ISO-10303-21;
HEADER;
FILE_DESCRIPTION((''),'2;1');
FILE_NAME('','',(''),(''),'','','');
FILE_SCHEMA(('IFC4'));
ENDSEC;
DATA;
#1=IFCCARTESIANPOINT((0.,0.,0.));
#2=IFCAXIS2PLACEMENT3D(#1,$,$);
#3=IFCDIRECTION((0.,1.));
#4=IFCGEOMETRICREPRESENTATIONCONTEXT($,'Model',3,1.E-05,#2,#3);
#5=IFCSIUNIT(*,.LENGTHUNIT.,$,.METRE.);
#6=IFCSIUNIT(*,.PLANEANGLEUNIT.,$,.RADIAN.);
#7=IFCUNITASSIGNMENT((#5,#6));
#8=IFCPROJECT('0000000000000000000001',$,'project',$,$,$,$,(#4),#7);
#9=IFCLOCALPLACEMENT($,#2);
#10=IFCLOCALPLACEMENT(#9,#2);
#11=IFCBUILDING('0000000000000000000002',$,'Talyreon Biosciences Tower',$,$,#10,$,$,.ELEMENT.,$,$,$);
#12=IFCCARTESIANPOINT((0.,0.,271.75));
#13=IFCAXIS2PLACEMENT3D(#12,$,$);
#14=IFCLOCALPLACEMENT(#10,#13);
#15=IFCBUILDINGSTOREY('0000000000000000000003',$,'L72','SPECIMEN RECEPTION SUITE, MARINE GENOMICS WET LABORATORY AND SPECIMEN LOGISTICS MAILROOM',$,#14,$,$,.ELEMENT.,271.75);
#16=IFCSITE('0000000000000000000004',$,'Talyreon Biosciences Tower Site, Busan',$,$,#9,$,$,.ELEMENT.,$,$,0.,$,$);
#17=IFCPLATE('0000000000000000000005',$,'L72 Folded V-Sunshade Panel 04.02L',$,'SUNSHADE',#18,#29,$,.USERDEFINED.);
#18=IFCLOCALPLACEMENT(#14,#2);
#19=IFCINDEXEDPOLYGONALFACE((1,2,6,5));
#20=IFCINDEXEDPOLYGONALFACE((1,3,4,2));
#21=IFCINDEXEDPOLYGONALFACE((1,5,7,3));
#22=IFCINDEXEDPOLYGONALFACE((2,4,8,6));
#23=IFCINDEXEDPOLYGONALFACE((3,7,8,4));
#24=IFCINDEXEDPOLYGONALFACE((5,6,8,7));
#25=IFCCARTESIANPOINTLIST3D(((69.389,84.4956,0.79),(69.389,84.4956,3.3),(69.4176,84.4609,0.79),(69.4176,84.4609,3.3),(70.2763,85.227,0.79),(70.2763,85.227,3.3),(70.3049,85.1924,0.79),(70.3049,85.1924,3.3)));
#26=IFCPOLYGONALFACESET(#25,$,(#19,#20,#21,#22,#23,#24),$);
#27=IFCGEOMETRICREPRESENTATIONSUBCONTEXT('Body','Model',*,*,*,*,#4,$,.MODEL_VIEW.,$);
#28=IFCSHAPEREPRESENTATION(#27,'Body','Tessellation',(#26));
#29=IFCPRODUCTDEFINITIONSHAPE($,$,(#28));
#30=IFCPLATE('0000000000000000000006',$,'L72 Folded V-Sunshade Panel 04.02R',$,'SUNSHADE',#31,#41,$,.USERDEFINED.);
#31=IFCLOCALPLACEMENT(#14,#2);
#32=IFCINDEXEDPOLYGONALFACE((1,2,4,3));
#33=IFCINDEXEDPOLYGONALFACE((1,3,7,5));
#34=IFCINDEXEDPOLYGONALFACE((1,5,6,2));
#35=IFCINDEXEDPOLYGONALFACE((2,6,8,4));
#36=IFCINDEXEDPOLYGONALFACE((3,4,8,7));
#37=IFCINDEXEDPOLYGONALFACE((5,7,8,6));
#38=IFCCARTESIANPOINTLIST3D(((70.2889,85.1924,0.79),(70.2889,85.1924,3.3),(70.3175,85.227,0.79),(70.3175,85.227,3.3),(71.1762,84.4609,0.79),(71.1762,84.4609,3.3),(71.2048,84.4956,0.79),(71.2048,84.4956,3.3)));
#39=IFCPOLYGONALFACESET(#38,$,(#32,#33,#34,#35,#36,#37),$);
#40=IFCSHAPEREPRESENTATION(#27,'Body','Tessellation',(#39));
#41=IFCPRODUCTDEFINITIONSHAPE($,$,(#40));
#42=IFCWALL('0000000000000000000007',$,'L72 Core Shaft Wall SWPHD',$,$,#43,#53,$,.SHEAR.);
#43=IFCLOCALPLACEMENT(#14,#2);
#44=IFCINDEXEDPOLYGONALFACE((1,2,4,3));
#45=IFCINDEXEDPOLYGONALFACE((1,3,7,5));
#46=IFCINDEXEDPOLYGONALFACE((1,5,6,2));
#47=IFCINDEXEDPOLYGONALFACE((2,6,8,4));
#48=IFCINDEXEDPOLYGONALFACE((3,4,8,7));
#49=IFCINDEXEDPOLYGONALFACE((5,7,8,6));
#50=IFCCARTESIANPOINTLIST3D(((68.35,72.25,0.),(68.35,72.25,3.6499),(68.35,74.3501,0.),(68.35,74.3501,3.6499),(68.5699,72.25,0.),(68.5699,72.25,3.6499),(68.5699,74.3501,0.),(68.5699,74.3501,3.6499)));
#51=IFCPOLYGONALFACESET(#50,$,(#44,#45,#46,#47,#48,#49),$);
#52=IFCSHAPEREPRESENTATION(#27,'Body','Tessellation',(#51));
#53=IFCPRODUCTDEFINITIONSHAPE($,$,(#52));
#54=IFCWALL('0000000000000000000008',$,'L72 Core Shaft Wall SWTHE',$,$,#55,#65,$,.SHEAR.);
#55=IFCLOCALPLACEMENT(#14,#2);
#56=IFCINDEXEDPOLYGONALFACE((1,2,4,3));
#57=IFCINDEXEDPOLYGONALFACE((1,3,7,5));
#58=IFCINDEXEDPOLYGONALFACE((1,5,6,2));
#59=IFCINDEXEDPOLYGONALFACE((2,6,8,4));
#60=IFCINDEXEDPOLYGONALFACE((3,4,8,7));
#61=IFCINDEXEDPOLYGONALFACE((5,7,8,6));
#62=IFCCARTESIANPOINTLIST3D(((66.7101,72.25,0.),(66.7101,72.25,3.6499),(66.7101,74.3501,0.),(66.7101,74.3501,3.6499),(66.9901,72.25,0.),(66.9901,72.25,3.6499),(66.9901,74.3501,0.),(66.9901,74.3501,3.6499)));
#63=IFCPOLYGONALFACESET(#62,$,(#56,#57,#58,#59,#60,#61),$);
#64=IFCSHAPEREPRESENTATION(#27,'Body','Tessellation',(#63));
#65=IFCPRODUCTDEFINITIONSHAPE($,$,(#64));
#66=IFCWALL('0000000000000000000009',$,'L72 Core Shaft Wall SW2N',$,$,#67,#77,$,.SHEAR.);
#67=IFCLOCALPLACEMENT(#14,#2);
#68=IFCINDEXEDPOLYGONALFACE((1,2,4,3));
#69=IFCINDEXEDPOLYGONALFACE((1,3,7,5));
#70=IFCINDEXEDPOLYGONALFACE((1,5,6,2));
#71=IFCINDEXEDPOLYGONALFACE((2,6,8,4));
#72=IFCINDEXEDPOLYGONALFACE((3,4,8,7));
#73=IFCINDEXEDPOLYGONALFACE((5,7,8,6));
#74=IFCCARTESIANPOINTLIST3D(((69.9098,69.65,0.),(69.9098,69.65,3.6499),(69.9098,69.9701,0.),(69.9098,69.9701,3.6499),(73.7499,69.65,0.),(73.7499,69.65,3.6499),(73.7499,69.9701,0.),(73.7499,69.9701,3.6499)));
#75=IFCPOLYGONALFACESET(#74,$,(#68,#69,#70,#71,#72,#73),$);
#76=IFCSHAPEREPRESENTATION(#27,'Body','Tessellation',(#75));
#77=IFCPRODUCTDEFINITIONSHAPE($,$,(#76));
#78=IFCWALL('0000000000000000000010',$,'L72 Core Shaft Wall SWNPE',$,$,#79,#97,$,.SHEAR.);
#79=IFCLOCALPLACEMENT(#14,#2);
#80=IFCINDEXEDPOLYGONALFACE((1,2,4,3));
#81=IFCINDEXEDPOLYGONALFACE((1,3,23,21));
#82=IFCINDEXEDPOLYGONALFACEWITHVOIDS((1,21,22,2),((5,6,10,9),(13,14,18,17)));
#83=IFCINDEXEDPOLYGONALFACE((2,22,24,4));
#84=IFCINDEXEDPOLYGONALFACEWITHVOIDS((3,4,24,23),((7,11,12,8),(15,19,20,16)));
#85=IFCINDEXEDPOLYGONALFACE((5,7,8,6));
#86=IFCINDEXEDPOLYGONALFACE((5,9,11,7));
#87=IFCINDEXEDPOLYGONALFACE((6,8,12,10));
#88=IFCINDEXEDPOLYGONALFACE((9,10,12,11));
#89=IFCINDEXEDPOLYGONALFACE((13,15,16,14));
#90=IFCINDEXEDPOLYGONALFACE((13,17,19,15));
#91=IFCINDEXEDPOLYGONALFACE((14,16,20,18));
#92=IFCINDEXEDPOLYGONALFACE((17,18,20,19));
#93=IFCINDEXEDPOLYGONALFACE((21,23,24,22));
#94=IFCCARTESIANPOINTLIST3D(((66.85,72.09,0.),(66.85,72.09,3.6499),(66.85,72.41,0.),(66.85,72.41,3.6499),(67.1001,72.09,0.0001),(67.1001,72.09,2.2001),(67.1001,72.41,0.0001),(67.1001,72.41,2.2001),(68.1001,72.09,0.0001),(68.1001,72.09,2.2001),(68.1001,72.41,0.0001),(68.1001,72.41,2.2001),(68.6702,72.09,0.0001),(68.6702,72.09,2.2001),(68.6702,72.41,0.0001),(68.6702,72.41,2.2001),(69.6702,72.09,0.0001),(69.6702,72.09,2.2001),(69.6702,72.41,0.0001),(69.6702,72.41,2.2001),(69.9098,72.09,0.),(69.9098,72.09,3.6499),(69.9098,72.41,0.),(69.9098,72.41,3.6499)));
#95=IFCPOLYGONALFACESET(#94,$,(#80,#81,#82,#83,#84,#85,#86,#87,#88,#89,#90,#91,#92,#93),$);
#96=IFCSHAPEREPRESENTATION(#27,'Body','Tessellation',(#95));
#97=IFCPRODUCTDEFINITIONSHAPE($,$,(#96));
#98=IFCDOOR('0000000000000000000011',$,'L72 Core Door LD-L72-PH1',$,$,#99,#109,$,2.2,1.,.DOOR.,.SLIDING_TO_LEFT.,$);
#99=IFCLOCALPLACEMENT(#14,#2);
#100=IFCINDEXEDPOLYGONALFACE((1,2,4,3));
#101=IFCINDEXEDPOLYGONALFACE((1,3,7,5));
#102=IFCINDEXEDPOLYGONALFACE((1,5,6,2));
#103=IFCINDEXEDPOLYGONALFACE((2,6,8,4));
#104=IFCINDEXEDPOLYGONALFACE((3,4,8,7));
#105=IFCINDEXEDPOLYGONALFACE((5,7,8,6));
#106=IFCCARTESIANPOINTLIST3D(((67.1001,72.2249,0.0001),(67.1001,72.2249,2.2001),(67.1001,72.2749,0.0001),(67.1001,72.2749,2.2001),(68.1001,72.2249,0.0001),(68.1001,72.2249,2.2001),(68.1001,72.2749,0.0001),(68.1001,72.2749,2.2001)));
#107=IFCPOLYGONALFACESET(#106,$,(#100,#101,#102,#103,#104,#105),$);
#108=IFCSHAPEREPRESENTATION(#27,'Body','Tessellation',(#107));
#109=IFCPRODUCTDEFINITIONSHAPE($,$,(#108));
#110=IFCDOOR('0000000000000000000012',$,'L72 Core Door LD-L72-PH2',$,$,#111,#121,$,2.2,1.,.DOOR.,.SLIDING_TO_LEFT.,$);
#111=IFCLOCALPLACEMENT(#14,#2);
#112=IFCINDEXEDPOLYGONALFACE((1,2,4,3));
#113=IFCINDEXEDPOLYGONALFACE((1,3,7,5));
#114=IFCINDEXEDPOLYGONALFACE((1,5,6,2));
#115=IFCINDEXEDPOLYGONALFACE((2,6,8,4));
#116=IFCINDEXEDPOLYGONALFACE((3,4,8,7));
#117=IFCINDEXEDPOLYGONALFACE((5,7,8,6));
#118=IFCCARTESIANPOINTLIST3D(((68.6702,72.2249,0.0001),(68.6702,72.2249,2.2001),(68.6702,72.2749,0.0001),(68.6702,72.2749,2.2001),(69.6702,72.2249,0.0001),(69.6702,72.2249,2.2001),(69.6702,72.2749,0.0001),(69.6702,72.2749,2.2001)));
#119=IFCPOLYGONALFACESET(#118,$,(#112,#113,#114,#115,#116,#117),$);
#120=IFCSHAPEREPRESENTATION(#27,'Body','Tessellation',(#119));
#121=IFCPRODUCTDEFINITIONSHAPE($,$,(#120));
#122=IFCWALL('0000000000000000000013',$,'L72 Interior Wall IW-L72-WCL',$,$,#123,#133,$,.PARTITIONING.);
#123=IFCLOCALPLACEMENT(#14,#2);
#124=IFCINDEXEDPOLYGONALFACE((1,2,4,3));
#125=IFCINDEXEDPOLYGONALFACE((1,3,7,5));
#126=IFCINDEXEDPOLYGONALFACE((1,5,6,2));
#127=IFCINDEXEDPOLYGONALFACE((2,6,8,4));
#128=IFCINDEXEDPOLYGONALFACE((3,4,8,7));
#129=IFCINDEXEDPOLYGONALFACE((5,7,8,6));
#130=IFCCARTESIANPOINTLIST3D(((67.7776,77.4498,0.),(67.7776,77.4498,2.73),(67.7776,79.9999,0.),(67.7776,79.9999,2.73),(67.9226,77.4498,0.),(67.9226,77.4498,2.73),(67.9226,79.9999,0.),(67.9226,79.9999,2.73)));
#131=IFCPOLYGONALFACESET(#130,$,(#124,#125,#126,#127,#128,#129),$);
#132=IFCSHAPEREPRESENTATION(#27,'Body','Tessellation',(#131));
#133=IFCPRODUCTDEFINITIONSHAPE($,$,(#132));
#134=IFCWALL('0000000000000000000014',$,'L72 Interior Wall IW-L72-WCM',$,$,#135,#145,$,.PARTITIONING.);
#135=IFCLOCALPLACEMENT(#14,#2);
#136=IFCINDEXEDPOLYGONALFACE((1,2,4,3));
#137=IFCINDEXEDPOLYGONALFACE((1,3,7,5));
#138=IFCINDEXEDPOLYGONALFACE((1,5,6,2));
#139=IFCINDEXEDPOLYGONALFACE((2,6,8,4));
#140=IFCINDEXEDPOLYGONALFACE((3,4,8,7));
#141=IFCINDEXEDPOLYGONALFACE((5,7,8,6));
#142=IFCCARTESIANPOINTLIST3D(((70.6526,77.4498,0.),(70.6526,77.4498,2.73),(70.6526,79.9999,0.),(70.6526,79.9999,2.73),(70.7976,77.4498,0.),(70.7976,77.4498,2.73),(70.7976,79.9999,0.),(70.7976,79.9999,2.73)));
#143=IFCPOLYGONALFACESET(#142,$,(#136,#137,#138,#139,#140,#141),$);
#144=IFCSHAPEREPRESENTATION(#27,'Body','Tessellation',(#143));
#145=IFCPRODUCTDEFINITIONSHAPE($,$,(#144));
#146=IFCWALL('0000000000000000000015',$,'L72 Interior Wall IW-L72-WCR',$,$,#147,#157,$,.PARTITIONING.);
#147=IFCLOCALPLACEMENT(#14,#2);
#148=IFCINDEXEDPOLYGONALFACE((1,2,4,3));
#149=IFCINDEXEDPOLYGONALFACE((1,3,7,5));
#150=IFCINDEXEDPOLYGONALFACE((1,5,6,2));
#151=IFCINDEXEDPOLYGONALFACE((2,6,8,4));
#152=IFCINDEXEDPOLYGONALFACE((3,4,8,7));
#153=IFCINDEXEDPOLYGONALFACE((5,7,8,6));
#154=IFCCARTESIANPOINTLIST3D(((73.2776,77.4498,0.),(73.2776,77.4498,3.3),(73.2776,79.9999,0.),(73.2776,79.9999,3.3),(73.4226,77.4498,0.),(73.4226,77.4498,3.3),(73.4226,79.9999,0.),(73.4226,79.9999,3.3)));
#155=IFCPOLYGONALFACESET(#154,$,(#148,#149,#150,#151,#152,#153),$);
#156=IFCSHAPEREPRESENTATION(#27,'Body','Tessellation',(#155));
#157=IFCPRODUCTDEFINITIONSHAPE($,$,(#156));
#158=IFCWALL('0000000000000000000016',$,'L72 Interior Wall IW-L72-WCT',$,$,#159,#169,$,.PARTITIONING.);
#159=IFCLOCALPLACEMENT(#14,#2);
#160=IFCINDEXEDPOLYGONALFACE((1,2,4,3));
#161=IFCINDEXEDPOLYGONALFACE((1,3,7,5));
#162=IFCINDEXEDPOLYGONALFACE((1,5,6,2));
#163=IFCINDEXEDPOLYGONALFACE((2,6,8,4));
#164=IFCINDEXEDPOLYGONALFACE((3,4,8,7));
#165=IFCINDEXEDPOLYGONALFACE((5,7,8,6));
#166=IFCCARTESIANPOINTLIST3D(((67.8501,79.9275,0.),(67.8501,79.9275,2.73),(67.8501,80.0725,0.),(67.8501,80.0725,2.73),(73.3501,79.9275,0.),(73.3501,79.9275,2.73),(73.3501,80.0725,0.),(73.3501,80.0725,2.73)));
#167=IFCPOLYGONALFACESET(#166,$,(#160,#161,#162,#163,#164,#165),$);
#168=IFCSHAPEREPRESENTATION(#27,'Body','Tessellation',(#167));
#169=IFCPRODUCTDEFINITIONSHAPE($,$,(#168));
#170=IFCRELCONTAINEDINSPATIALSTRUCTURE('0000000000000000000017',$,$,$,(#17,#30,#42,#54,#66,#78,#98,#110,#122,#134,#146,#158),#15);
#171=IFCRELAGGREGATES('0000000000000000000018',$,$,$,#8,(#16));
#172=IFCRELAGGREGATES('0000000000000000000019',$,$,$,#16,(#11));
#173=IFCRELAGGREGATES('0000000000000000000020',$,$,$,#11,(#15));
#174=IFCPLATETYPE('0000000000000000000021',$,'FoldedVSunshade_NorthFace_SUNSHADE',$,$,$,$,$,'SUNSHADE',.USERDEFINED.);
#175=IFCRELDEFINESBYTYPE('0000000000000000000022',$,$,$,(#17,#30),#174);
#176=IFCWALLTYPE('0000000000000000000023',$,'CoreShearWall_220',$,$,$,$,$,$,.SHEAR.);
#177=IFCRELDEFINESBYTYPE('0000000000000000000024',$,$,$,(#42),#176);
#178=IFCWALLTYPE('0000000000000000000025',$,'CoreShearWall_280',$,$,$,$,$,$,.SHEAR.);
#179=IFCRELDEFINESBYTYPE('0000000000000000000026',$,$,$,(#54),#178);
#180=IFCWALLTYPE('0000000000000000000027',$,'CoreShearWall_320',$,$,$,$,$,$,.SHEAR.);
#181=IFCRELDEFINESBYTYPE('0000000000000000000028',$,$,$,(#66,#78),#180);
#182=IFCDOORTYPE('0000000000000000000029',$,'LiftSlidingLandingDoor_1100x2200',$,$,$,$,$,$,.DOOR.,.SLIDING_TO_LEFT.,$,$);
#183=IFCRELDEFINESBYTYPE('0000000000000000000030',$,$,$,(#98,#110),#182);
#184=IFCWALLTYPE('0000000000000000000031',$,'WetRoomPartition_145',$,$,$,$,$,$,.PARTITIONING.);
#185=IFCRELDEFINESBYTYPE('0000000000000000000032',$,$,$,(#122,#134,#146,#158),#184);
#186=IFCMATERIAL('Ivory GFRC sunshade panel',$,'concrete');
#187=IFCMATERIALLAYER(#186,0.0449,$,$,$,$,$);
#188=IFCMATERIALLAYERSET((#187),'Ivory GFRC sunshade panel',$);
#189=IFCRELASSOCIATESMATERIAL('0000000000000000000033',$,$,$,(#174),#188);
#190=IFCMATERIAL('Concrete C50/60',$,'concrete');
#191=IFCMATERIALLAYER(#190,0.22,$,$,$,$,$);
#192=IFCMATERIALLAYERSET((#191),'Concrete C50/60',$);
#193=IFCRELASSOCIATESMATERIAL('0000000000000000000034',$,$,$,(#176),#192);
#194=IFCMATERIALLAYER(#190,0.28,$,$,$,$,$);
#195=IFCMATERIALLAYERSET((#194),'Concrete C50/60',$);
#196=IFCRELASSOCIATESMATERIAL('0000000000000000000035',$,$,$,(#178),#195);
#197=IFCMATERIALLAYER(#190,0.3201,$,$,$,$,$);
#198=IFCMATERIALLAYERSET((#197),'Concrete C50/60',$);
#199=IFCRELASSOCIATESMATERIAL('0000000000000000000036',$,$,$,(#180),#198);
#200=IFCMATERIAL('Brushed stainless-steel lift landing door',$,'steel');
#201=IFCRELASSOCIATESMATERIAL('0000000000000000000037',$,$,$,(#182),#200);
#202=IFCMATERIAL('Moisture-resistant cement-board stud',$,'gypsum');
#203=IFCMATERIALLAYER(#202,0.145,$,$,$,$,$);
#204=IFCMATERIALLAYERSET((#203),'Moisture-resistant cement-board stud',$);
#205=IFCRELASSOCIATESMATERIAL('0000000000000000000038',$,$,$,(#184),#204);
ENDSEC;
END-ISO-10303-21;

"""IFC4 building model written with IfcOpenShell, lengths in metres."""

from ifc_helpers import new_model, si_unit, direction, frame, frame_2d, origin, origin_2d, place, context, subcontext, project, spatial, rectangle, extrude, material, layer, layer_set, type_object, element, fill, save


model = new_model("IFC4")

# Units and contexts
model_context = context("Model", 3, precision=1e-05, world=origin(), true_north=direction((0.0, 1.0)))
body_context = subcontext(model_context, "Body", "Model", "MODEL_VIEW")
ifc_project = project(units=[si_unit("LENGTHUNIT", "METRE"), si_unit("PLANEANGLEUNIT", "RADIAN")], contexts=[model_context])

# Site, building, storey
site_placement = place(None, origin())
site = spatial("IfcSite", under=ifc_project, at=site_placement, Name="Talyreon Biosciences Tower Site, Busan", CompositionType="ELEMENT", RefElevation=0.0)
building_placement = place(site_placement, origin())
building = spatial("IfcBuilding", under=site, at=building_placement, Name="Talyreon Biosciences Tower", CompositionType="ELEMENT")
storey_placement = place(building_placement, frame((0.0, 0.0, 271.75)))
storey = spatial("IfcBuildingStorey", under=building, at=storey_placement, Name="L72", Description="SPECIMEN RECEPTION SUITE, MARINE GENOMICS WET LABORATORY AND SPECIMEN LOGISTICS MAILROOM", CompositionType="ELEMENT", Elevation=271.75)

# Shared definitions
ifc_material_1 = material(Name="Concrete C50/60", Category="concrete")

# Plates
ifc_material_2 = material(Name="Ivory GFRC sunshade panel", Category="concrete")
ifc_layer_1 = layer(ifc_material_2, 0.0449)
ifc_layer_set_1 = layer_set([ifc_layer_1], Name="Ivory GFRC sunshade panel")
plate_type = type_object("IfcPlateType", Name="FoldedVSunshade_NorthFace_SUNSHADE", ElementType="SUNSHADE", PredefinedType="USERDEFINED", material=ifc_layer_set_1)
for number, where, z_axis, x_axis, name in (
    (1, (69.8469, 84.844, 0.79), (0.0, 0.0, 1.0), (0.771625, 0.636078, 0.0), "L72 Folded V-Sunshade Panel 04.02L"),
    (2, (70.7468, 84.844, 0.79), (0.0, 0.0, 1.0), (0.771625, -0.636078, 0.0), "L72 Folded V-Sunshade Panel 04.02R"),
):
    element("IfcPlate", number, at=place(storey_placement, frame(where, z_axis=z_axis, x_axis=x_axis)), inside=storey, type_object=plate_type, Name=name, ObjectType="SUNSHADE", PredefinedType="USERDEFINED", context=body_context, shape_type="SweptSolid", body=[
        extrude(rectangle(XDim=1.1499, YDim=0.0449, at=origin_2d()), origin(), (0.0, 0.0, 1.0), 2.51),
    ])

# Walls
ifc_layer_2 = layer(ifc_material_1, 0.22)
ifc_layer_set_2 = layer_set([ifc_layer_2], Name="Concrete C50/60")
wall_type_1 = type_object("IfcWallType", Name="CoreShearWall_220", PredefinedType="SHEAR", material=ifc_layer_set_2)
wall_1_placement = place(storey_placement, frame((68.46, 72.25, 0.0), z_axis=(0.0, 0.0, 1.0), x_axis=(0.0, 1.0, 0.0)))
element("IfcWall", 3, at=wall_1_placement, inside=storey, type_object=wall_type_1, Name="L72 Core Shaft Wall SWPHD", PredefinedType="SHEAR", context=body_context, shape_type="SweptSolid", body=[
    extrude(rectangle(XDim=2.1001, YDim=0.22, at=frame_2d((1.05, 0.0))), origin(), (0.0, 0.0, 1.0), 3.6499),
])
ifc_layer_3 = layer(ifc_material_1, 0.28)
ifc_layer_set_3 = layer_set([ifc_layer_3], Name="Concrete C50/60")
wall_type_2 = type_object("IfcWallType", Name="CoreShearWall_280", PredefinedType="SHEAR", material=ifc_layer_set_3)
wall_2_placement = place(storey_placement, frame((66.8501, 72.25, 0.0), z_axis=(0.0, 0.0, 1.0), x_axis=(0.0, 1.0, 0.0)))
element("IfcWall", 4, at=wall_2_placement, inside=storey, type_object=wall_type_2, Name="L72 Core Shaft Wall SWTHE", PredefinedType="SHEAR", context=body_context, shape_type="SweptSolid", body=[
    extrude(rectangle(XDim=2.1001, YDim=0.28, at=frame_2d((1.05, 0.0))), origin(), (0.0, 0.0, 1.0), 3.6499),
])
ifc_layer_4 = layer(ifc_material_1, 0.3201)
ifc_layer_set_4 = layer_set([ifc_layer_4], Name="Concrete C50/60")
wall_type_3 = type_object("IfcWallType", Name="CoreShearWall_320", PredefinedType="SHEAR", material=ifc_layer_set_4)
wall_3_placement = place(storey_placement, frame((69.9099, 69.8101, 0.0), z_axis=(0.0, 0.0, 1.0), x_axis=(1.0, 0.0, 0.0)))
element("IfcWall", 5, at=wall_3_placement, inside=storey, type_object=wall_type_3, Name="L72 Core Shaft Wall SW2N", PredefinedType="SHEAR", context=body_context, shape_type="SweptSolid", body=[
    extrude(rectangle(XDim=3.8401, YDim=0.3201, at=frame_2d((1.9199, 0.0))), origin(), (0.0, 0.0, 1.0), 3.6499),
])

# Wall, openings, doors
wall_4_placement = place(storey_placement, frame((66.8501, 72.25, 0.0), z_axis=(0.0, 0.0, 1.0), x_axis=(1.0, 0.0, 0.0)))
wall_4 = element("IfcWall", 6, at=wall_4_placement, inside=storey, type_object=wall_type_3, Name="L72 Core Shaft Wall SWNPE", PredefinedType="SHEAR", context=body_context, shape_type="SweptSolid", body=[
    extrude(rectangle(XDim=3.0598, YDim=0.3201, at=frame_2d((1.5298, 0.0))), origin(), (0.0, 0.0, 1.0), 3.6499),
])
opening_1_placement = place(wall_4_placement, frame((0.25, 0.0, 0.0)))
opening_1 = element("IfcOpeningElement", 7, at=opening_1_placement, cuts=wall_4, PredefinedType="OPENING", context=body_context, shape_type="SweptSolid", body=[
    extrude(rectangle(XDim=1.0, YDim=2.2, at=frame_2d((0.5, 1.1001))), frame((0.0, 0.1699, 0.0), z_axis=(0.0, -1.0, 0.0), x_axis=(1.0, 0.0, 0.0)), (0.0, 0.0, 1.0), 0.3401),
])
opening_2_placement = place(wall_4_placement, frame((1.8201, 0.0, 0.0)))
opening_2 = element("IfcOpeningElement", 8, at=opening_2_placement, cuts=wall_4, PredefinedType="OPENING", context=body_context, shape_type="SweptSolid", body=[
    extrude(rectangle(XDim=1.0, YDim=2.2, at=frame_2d((0.5, 1.1001))), frame((0.0, 0.1699, 0.0), z_axis=(0.0, -1.0, 0.0), x_axis=(1.0, 0.0, 0.0)), (0.0, 0.0, 1.0), 0.3401),
])
ifc_material_3 = material(Name="Brushed stainless-steel lift landing door", Category="steel")
door_type = type_object("IfcDoorType", Name="LiftSlidingLandingDoor_1100x2200", OperationType="SLIDING_TO_LEFT", PredefinedType="DOOR", material=ifc_material_3)
door_1_placement = place(opening_1_placement, origin())
door_1 = element("IfcDoor", 9, at=door_1_placement, inside=storey, type_object=door_type, Name="L72 Core Door LD-L72-PH1", OperationType="SLIDING_TO_LEFT", OverallHeight=2.2, OverallWidth=1.0, PredefinedType="DOOR", context=body_context, shape_type="SweptSolid", body=[
    extrude(rectangle(XDim=1.0, YDim=2.2, at=frame_2d((0.5, 1.1001))), frame((0.0, 0.0249, 0.0), z_axis=(0.0, -1.0, 0.0), x_axis=(1.0, 0.0, 0.0)), (0.0, 0.0, 1.0), 0.05),
])
fill(opening_1, door_1)
door_2_placement = place(opening_2_placement, origin())
door_2 = element("IfcDoor", 10, at=door_2_placement, inside=storey, type_object=door_type, Name="L72 Core Door LD-L72-PH2", OperationType="SLIDING_TO_LEFT", OverallHeight=2.2, OverallWidth=1.0, PredefinedType="DOOR", context=body_context, shape_type="SweptSolid", body=[
    extrude(rectangle(XDim=1.0, YDim=2.2, at=frame_2d((0.5, 1.1001))), frame((0.0, 0.0249, 0.0), z_axis=(0.0, -1.0, 0.0), x_axis=(1.0, 0.0, 0.0)), (0.0, 0.0, 1.0), 0.05),
])
fill(opening_2, door_2)

# Walls
ifc_material_4 = material(Name="Moisture-resistant cement-board stud", Category="gypsum")
ifc_layer_5 = layer(ifc_material_4, 0.145)
ifc_layer_set_5 = layer_set([ifc_layer_5], Name="Moisture-resistant cement-board stud")
wall_type_4 = type_object("IfcWallType", Name="WetRoomPartition_145", PredefinedType="PARTITIONING", material=ifc_layer_set_5)
for number, where, z_axis, x_axis, name in (
    (11, (67.8501, 77.45, 0.0), (0.0, 0.0, 1.0), (0.0, 1.0, 0.0), "L72 Interior Wall IW-L72-WCL"),
    (12, (70.7251, 77.45, 0.0), (0.0, 0.0, 1.0), (0.0, 1.0, 0.0), "L72 Interior Wall IW-L72-WCM"),
):
    element("IfcWall", number, at=place(storey_placement, frame(where, z_axis=z_axis, x_axis=x_axis)), inside=storey, type_object=wall_type_4, Name=name, PredefinedType="PARTITIONING", context=body_context, shape_type="SweptSolid", body=[
        extrude(rectangle(XDim=2.55, YDim=0.145, at=frame_2d((1.2749, 0.0))), origin(), (0.0, 0.0, 1.0), 2.73),
    ])
wall_5_placement = place(storey_placement, frame((73.3501, 77.45, 0.0), z_axis=(0.0, 0.0, 1.0), x_axis=(0.0, 1.0, 0.0)))
element("IfcWall", 13, at=wall_5_placement, inside=storey, type_object=wall_type_4, Name="L72 Interior Wall IW-L72-WCR", PredefinedType="PARTITIONING", context=body_context, shape_type="SweptSolid", body=[
    extrude(rectangle(XDim=2.55, YDim=0.145, at=frame_2d((1.2749, 0.0))), origin(), (0.0, 0.0, 1.0), 3.3),
])
wall_6_placement = place(storey_placement, frame((67.8501, 80.0, 0.0), z_axis=(0.0, 0.0, 1.0), x_axis=(1.0, 0.0, 0.0)))
element("IfcWall", 14, at=wall_6_placement, inside=storey, type_object=wall_type_4, Name="L72 Interior Wall IW-L72-WCT", PredefinedType="PARTITIONING", context=body_context, shape_type="SweptSolid", body=[
    extrude(rectangle(XDim=5.5, YDim=0.145, at=frame_2d((2.75, 0.0))), origin(), (0.0, 0.0, 1.0), 2.73),
])

save(model, "model.ifc")
